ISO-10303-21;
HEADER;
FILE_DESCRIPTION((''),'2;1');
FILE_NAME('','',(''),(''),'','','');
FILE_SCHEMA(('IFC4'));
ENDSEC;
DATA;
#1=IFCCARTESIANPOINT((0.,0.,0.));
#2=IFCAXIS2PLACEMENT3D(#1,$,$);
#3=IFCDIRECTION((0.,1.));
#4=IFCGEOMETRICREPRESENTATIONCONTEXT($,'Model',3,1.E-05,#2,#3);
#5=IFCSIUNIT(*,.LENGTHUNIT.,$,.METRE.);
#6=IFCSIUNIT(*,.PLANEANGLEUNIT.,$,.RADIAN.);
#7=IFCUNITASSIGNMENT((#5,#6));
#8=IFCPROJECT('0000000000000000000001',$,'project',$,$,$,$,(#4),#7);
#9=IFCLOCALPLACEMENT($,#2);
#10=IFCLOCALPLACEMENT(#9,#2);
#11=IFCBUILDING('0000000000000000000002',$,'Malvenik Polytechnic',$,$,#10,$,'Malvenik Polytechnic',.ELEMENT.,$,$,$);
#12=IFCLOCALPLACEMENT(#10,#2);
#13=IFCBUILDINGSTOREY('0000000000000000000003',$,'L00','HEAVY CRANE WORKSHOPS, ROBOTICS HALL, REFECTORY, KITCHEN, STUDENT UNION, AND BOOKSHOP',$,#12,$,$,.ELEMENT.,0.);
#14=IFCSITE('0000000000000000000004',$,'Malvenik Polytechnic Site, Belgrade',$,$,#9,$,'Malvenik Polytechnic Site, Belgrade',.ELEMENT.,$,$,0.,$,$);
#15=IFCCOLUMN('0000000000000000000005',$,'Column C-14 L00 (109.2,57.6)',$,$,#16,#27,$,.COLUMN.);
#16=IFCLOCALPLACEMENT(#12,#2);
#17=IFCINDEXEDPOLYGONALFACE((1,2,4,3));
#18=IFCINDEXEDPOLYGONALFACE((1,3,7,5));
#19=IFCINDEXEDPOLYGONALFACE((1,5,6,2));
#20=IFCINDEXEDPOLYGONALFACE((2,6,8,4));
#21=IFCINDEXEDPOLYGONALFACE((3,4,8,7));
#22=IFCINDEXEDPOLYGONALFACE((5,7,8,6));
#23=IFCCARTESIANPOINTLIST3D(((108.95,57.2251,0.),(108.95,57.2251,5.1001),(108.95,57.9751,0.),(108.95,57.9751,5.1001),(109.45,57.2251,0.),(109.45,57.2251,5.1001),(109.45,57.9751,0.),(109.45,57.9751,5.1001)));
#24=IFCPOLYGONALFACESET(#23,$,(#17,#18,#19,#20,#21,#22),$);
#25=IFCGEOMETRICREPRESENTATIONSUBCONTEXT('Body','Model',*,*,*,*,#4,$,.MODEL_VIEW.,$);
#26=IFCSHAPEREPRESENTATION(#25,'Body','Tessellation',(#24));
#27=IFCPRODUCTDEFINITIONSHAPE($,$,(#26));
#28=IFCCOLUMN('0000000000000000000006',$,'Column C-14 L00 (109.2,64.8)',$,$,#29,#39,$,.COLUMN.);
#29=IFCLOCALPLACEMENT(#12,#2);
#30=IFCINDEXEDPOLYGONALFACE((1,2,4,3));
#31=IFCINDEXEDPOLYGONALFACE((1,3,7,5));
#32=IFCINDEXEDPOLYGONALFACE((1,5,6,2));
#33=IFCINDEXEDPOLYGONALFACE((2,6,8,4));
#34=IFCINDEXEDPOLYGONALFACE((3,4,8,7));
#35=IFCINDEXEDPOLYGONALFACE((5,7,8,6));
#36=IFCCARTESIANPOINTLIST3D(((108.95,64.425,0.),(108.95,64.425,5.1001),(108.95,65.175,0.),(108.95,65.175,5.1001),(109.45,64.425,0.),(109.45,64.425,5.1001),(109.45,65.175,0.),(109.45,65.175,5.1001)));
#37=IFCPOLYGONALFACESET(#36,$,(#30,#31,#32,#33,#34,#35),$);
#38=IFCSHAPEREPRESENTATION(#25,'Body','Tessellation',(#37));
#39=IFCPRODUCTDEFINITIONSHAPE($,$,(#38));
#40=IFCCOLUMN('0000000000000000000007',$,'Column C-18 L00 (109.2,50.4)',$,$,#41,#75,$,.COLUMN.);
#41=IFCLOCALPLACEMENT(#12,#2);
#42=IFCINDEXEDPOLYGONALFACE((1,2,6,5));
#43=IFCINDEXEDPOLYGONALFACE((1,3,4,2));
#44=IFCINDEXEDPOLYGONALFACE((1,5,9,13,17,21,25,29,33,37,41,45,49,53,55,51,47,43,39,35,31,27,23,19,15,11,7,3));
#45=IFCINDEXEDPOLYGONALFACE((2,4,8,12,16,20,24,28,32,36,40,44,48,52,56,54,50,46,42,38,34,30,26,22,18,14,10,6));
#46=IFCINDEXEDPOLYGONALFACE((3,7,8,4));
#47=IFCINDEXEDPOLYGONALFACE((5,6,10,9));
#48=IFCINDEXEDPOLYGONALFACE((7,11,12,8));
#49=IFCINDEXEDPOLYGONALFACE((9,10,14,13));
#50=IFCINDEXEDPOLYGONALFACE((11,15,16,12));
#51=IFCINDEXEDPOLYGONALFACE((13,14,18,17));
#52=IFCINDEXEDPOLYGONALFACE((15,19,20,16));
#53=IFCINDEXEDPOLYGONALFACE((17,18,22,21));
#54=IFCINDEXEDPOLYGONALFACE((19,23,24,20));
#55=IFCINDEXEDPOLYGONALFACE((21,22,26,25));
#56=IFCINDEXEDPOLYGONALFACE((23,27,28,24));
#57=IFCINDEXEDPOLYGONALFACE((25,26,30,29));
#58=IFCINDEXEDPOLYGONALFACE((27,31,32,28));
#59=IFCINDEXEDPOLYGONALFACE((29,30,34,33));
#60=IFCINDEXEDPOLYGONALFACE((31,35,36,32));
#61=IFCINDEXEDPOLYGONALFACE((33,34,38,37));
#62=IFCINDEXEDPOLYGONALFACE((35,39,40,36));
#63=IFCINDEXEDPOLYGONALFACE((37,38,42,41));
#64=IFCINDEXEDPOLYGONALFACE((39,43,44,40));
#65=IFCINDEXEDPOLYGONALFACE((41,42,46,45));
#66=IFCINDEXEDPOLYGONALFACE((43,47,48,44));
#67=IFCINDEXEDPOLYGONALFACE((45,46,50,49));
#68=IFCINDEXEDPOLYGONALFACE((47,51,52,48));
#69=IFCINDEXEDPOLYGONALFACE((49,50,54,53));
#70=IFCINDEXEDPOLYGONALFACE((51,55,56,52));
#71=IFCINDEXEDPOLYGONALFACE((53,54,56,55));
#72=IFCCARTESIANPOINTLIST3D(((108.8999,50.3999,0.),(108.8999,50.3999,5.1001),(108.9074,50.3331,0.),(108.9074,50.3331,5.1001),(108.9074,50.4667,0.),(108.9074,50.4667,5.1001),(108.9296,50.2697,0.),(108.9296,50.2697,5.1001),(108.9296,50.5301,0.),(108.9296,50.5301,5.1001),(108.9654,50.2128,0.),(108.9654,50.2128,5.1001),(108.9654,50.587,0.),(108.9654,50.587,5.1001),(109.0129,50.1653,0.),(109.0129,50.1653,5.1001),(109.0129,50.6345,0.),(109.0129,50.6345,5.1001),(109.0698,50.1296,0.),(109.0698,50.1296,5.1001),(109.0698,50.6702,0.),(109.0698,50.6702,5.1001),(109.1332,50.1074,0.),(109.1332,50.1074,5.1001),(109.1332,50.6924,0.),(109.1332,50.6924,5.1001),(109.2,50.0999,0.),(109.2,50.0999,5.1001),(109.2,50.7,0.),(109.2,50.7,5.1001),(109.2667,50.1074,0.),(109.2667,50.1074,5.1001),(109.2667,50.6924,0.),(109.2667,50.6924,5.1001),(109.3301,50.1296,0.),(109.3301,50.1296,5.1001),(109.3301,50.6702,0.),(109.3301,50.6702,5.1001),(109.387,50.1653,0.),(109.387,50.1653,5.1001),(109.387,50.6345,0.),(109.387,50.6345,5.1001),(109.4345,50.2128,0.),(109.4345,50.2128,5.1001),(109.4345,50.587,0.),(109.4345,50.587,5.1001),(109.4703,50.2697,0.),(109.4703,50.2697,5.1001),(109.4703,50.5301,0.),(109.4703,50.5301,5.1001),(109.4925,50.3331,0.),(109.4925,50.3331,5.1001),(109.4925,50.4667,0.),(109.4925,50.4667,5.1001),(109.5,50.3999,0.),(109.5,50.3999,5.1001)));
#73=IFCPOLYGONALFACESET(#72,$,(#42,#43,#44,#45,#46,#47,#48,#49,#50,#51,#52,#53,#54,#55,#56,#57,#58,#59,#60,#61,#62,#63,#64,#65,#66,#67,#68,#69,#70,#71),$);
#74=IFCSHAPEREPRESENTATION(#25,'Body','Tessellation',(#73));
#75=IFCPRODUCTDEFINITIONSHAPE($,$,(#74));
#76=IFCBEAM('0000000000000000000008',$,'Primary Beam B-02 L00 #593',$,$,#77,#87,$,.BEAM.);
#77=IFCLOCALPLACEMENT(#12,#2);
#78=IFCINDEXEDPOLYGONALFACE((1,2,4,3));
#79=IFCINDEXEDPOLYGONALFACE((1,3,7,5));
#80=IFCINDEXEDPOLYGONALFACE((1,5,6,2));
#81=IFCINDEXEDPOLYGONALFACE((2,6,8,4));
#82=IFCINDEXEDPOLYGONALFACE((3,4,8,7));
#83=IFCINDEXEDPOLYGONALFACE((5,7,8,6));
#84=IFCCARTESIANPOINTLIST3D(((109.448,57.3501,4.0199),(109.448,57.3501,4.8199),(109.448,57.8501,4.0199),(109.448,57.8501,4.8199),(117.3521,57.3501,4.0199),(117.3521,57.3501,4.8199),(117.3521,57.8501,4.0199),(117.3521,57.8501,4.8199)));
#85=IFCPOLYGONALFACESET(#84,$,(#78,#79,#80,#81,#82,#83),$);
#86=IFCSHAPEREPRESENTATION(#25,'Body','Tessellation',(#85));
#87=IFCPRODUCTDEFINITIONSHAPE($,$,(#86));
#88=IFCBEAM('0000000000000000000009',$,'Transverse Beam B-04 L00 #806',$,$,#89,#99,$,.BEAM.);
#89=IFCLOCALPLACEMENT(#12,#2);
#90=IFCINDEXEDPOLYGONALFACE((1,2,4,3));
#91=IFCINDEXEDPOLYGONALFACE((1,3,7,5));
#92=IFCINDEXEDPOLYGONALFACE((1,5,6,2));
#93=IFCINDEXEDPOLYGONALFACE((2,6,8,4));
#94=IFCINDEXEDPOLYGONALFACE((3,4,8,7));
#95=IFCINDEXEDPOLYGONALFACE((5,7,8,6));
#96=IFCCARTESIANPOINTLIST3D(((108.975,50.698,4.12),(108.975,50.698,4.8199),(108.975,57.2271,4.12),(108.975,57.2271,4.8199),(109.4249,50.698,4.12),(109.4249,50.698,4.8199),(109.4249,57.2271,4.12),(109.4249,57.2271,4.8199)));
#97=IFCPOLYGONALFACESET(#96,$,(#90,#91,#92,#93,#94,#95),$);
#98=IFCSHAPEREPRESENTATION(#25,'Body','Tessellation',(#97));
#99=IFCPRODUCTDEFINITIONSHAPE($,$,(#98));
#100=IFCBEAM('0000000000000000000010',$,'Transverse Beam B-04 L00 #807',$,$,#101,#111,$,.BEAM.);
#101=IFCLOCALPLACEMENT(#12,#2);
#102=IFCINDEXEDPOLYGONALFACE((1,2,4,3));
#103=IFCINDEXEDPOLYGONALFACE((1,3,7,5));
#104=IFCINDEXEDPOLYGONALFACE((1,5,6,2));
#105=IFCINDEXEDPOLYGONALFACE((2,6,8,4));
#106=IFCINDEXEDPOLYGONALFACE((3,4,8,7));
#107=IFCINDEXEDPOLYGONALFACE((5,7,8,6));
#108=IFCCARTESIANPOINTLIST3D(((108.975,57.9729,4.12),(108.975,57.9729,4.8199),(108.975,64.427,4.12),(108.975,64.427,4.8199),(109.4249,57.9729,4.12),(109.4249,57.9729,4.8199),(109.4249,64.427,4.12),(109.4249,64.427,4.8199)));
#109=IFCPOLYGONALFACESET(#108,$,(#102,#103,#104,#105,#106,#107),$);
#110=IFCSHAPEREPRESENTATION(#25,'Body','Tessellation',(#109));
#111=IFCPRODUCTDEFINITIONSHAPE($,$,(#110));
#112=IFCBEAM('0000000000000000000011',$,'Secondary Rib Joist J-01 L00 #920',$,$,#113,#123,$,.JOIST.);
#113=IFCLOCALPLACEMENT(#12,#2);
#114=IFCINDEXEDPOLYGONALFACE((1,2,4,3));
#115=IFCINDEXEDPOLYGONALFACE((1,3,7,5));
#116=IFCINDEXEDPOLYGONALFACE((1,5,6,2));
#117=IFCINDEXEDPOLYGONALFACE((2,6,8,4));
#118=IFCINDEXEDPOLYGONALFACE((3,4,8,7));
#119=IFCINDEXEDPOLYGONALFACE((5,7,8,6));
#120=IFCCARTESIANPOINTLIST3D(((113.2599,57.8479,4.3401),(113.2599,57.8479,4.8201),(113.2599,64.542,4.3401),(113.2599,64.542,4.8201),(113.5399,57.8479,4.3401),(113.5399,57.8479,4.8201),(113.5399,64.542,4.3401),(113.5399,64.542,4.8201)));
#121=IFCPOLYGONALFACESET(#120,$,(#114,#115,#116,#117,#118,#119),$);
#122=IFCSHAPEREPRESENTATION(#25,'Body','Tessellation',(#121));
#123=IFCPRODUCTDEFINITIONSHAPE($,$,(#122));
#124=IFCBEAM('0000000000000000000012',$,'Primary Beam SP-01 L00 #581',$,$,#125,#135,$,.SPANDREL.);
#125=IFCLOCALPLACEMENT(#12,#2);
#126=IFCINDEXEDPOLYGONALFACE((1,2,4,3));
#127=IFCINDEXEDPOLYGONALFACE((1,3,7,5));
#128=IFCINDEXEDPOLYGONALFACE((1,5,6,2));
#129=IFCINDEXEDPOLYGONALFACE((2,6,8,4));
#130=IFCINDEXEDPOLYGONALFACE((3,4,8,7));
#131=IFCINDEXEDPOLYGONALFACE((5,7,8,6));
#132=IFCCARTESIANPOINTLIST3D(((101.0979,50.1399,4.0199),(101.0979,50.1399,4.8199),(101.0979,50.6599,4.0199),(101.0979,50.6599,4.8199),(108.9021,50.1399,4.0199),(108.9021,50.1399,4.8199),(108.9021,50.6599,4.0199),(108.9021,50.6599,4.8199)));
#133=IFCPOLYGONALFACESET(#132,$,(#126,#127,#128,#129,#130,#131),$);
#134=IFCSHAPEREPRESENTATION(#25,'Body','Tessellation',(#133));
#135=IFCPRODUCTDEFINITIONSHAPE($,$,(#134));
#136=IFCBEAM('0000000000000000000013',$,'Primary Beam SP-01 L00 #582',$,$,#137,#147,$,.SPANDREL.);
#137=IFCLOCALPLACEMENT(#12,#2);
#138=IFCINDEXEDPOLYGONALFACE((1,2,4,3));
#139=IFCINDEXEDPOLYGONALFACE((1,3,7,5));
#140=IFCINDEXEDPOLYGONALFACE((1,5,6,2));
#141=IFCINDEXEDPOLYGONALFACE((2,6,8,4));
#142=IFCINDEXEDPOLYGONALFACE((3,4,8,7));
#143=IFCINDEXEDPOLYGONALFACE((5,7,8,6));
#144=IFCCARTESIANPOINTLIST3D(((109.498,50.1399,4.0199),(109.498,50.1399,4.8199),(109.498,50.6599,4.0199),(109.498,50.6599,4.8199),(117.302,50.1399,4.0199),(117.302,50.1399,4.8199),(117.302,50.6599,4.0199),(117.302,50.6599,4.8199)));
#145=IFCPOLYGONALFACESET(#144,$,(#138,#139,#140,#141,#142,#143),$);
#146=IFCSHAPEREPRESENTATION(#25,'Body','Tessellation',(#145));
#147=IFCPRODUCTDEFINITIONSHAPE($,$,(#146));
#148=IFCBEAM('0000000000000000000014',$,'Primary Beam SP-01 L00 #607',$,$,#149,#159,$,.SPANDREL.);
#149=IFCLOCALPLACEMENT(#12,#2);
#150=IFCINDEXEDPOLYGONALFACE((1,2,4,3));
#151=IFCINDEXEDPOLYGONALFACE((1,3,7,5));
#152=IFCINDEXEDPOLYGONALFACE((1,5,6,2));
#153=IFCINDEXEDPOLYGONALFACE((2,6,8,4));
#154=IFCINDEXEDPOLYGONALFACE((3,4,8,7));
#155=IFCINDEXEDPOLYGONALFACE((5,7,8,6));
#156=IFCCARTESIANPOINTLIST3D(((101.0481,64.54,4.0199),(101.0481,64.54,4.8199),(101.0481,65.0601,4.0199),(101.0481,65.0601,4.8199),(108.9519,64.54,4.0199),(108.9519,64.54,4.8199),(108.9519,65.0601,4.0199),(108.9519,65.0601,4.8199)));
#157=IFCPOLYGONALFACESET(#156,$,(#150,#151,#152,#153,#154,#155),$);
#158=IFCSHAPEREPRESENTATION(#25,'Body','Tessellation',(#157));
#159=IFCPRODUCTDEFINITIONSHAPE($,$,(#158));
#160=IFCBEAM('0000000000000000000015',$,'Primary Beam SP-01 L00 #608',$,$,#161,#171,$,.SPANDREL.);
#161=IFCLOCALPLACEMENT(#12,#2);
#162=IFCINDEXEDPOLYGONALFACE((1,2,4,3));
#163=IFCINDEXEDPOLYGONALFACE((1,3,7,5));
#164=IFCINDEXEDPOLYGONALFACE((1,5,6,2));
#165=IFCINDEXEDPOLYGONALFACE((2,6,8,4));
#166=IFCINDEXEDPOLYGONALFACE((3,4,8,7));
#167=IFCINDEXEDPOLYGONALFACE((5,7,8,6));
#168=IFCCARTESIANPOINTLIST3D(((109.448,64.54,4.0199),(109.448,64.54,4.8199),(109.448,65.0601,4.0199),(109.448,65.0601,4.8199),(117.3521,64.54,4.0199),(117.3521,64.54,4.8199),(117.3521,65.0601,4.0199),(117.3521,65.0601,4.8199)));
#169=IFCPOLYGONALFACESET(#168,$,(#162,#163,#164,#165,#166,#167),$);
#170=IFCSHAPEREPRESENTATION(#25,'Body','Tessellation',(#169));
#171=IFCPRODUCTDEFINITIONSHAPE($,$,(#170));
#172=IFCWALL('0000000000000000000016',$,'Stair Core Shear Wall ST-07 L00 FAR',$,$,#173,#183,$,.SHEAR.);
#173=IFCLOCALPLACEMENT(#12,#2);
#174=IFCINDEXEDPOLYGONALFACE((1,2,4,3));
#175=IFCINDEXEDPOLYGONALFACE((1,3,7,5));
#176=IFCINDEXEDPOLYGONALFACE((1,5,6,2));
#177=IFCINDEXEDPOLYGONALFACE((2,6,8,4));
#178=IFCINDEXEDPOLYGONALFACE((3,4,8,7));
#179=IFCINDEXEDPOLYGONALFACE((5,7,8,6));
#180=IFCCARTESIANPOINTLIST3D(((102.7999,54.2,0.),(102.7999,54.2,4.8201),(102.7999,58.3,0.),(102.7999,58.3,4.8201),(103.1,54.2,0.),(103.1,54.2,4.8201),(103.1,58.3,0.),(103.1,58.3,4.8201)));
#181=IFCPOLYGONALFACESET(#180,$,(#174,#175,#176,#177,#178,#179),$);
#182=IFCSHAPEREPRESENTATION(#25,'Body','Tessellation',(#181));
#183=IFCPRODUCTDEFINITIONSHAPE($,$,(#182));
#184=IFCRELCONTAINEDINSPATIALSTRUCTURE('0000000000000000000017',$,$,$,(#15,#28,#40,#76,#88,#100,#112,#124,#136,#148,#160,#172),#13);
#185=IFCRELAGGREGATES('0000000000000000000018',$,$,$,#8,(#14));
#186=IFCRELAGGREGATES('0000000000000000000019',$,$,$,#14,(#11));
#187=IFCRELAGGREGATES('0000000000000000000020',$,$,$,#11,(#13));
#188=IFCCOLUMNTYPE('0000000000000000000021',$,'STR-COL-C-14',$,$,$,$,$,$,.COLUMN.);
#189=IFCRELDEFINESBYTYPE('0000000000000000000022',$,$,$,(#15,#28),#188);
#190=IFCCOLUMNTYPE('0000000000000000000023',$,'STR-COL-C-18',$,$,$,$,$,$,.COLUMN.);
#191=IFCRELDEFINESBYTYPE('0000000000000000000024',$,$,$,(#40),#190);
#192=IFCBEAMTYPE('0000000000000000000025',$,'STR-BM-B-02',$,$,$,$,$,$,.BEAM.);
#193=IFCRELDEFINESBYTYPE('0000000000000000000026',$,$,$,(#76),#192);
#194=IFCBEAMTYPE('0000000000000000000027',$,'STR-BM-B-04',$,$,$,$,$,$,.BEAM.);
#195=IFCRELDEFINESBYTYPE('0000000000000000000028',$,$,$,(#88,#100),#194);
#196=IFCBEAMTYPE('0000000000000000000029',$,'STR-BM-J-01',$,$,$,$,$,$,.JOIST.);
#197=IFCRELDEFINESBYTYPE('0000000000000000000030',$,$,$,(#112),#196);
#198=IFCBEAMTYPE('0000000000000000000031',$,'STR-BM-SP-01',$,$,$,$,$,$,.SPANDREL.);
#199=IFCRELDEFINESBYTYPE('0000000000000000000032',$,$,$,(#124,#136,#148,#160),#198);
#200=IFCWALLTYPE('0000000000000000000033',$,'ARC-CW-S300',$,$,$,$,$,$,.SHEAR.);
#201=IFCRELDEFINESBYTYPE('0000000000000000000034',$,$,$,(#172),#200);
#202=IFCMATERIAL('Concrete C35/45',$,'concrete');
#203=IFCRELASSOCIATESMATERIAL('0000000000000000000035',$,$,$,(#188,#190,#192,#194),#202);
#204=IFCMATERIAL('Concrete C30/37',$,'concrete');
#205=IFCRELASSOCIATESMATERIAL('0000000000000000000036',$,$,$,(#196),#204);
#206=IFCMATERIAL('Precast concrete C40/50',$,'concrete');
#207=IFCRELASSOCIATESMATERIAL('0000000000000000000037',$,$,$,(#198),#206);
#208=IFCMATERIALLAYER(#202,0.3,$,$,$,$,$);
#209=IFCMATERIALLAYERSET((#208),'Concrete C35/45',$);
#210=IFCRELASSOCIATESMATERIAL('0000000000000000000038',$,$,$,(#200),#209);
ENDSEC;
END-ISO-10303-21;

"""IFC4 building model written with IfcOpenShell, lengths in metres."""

from ifc_helpers import new_model, si_unit, direction, frame, frame_2d, origin, origin_2d, place, context, subcontext, project, spatial, rectangle, circle, extrude, material, layer, layer_set, material_profile, profile_set, type_object, element, save


model = new_model("IFC4")

# Units and contexts
model_context = context("Model", 3, precision=1e-05, world=origin(), true_north=direction((0.0, 1.0)))
body_context = subcontext(model_context, "Body", "Model", "MODEL_VIEW")
ifc_project = project(units=[si_unit("LENGTHUNIT", "METRE"), si_unit("PLANEANGLEUNIT", "RADIAN")], contexts=[model_context])

# Site, building, storey
site_placement = place(None, origin())
site = spatial("IfcSite", under=ifc_project, at=site_placement, Name="Malvenik Polytechnic Site, Belgrade", LongName="Malvenik Polytechnic Site, Belgrade", CompositionType="ELEMENT", RefElevation=0.0)
building_placement = place(site_placement, origin())
building = spatial("IfcBuilding", under=site, at=building_placement, Name="Malvenik Polytechnic", LongName="Malvenik Polytechnic", CompositionType="ELEMENT")
storey_placement = place(building_placement, origin())
storey = spatial("IfcBuildingStorey", under=building, at=storey_placement, Name="L00", Description="HEAVY CRANE WORKSHOPS, ROBOTICS HALL, REFECTORY, KITCHEN, STUDENT UNION, AND BOOKSHOP", CompositionType="ELEMENT", Elevation=0.0)

# Columns
ifc_material_1 = material(Name="Concrete C35/45", Category="concrete")
ifc_material_profile_1 = material_profile(ifc_material_1, rectangle(XDim=0.5, YDim=0.75, at=origin_2d()), Name="RC COL 750x500")
ifc_profile_set_1 = profile_set([ifc_material_profile_1], Name="Concrete C35/45")
column_type_1 = type_object("IfcColumnType", Name="STR-COL-C-14", PredefinedType="COLUMN", material=ifc_profile_set_1)
for number, where, z_axis, x_axis, name in (
    (1, (109.2, 57.6001, 0.0), (0.0, 0.0, 1.0), (1.0, 0.0, 0.0), "Column C-14 L00 (109.2,57.6)"),
    (2, (109.2, 64.8, 0.0), (0.0, 0.0, 1.0), (1.0, 0.0, 0.0), "Column C-14 L00 (109.2,64.8)"),
):
    element("IfcColumn", number, at=place(storey_placement, frame(where, z_axis=z_axis, x_axis=x_axis)), inside=storey, type_object=column_type_1, Name=name, PredefinedType="COLUMN", context=body_context, shape_type="SweptSolid", body=[
        extrude(rectangle(XDim=0.5, YDim=0.75, at=origin_2d()), origin(), (0.0, 0.0, 1.0), 5.1001),
    ])
ifc_material_profile_2 = material_profile(ifc_material_1, circle(Radius=0.3, at=origin_2d()), Name="RC COL D600")
ifc_profile_set_2 = profile_set([ifc_material_profile_2], Name="Concrete C35/45")
column_type_2 = type_object("IfcColumnType", Name="STR-COL-C-18", PredefinedType="COLUMN", material=ifc_profile_set_2)
column_placement = place(storey_placement, frame((109.2, 50.3999, 0.0), z_axis=(0.0, 0.0, 1.0), x_axis=(1.0, 0.0, 0.0)))
element("IfcColumn", 3, at=column_placement, inside=storey, type_object=column_type_2, Name="Column C-18 L00 (109.2,50.4)", PredefinedType="COLUMN", context=body_context, shape_type="SweptSolid", body=[
    extrude(circle(Radius=0.3, at=origin_2d()), origin(), (0.0, 0.0, 1.0), 5.1001),
])

# Beams
ifc_material_profile_3 = material_profile(ifc_material_1, rectangle(XDim=0.5, YDim=0.8, at=origin_2d()), Name="RC BM 500x800")
ifc_profile_set_3 = profile_set([ifc_material_profile_3], Name="Concrete C35/45")
beam_type_1 = type_object("IfcBeamType", Name="STR-BM-B-02", PredefinedType="BEAM", material=ifc_profile_set_3)
beam_1_placement = place(storey_placement, frame((109.448, 57.6001, 4.4199), z_axis=(1.0, 0.0, 0.0), x_axis=(0.0, 1.0, 0.0)))
element("IfcBeam", 4, at=beam_1_placement, inside=storey, type_object=beam_type_1, Name="Primary Beam B-02 L00 #593", PredefinedType="BEAM", context=body_context, shape_type="SweptSolid", body=[
    extrude(rectangle(XDim=0.5, YDim=0.8, at=origin_2d()), origin(), (0.0, 0.0, 1.0), 7.9041),
])
ifc_material_profile_4 = material_profile(ifc_material_1, rectangle(XDim=0.45, YDim=0.7, at=origin_2d()), Name="RC BM 450x700")
ifc_profile_set_4 = profile_set([ifc_material_profile_4], Name="Concrete C35/45")
beam_type_2 = type_object("IfcBeamType", Name="STR-BM-B-04", PredefinedType="BEAM", material=ifc_profile_set_4)
beam_2_placement = place(storey_placement, frame((109.2, 50.698, 4.47), z_axis=(0.0, 1.0, 0.0), x_axis=(-1.0, 0.0, 0.0)))
element("IfcBeam", 5, at=beam_2_placement, inside=storey, type_object=beam_type_2, Name="Transverse Beam B-04 L00 #806", PredefinedType="BEAM", context=body_context, shape_type="SweptSolid", body=[
    extrude(rectangle(XDim=0.45, YDim=0.7, at=origin_2d()), origin(), (0.0, 0.0, 1.0), 6.5291),
])
beam_3_placement = place(storey_placement, frame((109.2, 57.9729, 4.47), z_axis=(0.0, 1.0, 0.0), x_axis=(-1.0, 0.0, 0.0)))
element("IfcBeam", 6, at=beam_3_placement, inside=storey, type_object=beam_type_2, Name="Transverse Beam B-04 L00 #807", PredefinedType="BEAM", context=body_context, shape_type="SweptSolid", body=[
    extrude(rectangle(XDim=0.45, YDim=0.7, at=origin_2d()), origin(), (0.0, 0.0, 1.0), 6.4541),
])
ifc_material_2 = material(Name="Concrete C30/37", Category="concrete")
ifc_material_profile_5 = material_profile(ifc_material_2, rectangle(XDim=0.28, YDim=0.48, at=origin_2d()), Name="RC JST 280x480")
ifc_profile_set_5 = profile_set([ifc_material_profile_5], Name="Concrete C30/37")
beam_type_3 = type_object("IfcBeamType", Name="STR-BM-J-01", PredefinedType="JOIST", material=ifc_profile_set_5)
beam_4_placement = place(storey_placement, frame((113.3999, 57.8479, 4.5801), z_axis=(0.0, 1.0, 0.0), x_axis=(-1.0, 0.0, 0.0)))
element("IfcBeam", 7, at=beam_4_placement, inside=storey, type_object=beam_type_3, Name="Secondary Rib Joist J-01 L00 #920", PredefinedType="JOIST", context=body_context, shape_type="SweptSolid", body=[
    extrude(rectangle(XDim=0.28, YDim=0.48, at=origin_2d()), origin(), (0.0, 0.0, 1.0), 6.6941),
])
ifc_material_3 = material(Name="Precast concrete C40/50", Category="concrete")
ifc_material_profile_6 = material_profile(ifc_material_3, rectangle(XDim=0.52, YDim=0.8, at=origin_2d()), Name="PC SPN 520x800")
ifc_profile_set_6 = profile_set([ifc_material_profile_6], Name="Precast concrete C40/50")
beam_type_4 = type_object("IfcBeamType", Name="STR-BM-SP-01", PredefinedType="SPANDREL", material=ifc_profile_set_6)
beam_5_placement = place(storey_placement, frame((101.0979, 50.3999, 4.4199), z_axis=(1.0, 0.0, 0.0), x_axis=(0.0, 1.0, 0.0)))
element("IfcBeam", 8, at=beam_5_placement, inside=storey, type_object=beam_type_4, Name="Primary Beam SP-01 L00 #581", PredefinedType="SPANDREL", context=body_context, shape_type="SweptSolid", body=[
    extrude(rectangle(XDim=0.52, YDim=0.8, at=origin_2d()), origin(), (0.0, 0.0, 1.0), 7.8042),
])
beam_6_placement = place(storey_placement, frame((109.498, 50.3999, 4.4199), z_axis=(1.0, 0.0, 0.0), x_axis=(0.0, 1.0, 0.0)))
element("IfcBeam", 9, at=beam_6_placement, inside=storey, type_object=beam_type_4, Name="Primary Beam SP-01 L00 #582", PredefinedType="SPANDREL", context=body_context, shape_type="SweptSolid", body=[
    extrude(rectangle(XDim=0.52, YDim=0.8, at=origin_2d()), origin(), (0.0, 0.0, 1.0), 7.804),
])
beam_7_placement = place(storey_placement, frame((101.0481, 64.8, 4.4199), z_axis=(1.0, 0.0, 0.0), x_axis=(0.0, 1.0, 0.0)))
element("IfcBeam", 10, at=beam_7_placement, inside=storey, type_object=beam_type_4, Name="Primary Beam SP-01 L00 #607", PredefinedType="SPANDREL", context=body_context, shape_type="SweptSolid", body=[
    extrude(rectangle(XDim=0.52, YDim=0.8, at=origin_2d()), origin(), (0.0, 0.0, 1.0), 7.9038),
])
beam_8_placement = place(storey_placement, frame((109.448, 64.8, 4.4199), z_axis=(1.0, 0.0, 0.0), x_axis=(0.0, 1.0, 0.0)))
element("IfcBeam", 11, at=beam_8_placement, inside=storey, type_object=beam_type_4, Name="Primary Beam SP-01 L00 #608", PredefinedType="SPANDREL", context=body_context, shape_type="SweptSolid", body=[
    extrude(rectangle(XDim=0.52, YDim=0.8, at=origin_2d()), origin(), (0.0, 0.0, 1.0), 7.9041),
])

# Wall
ifc_layer_1 = layer(ifc_material_1, 0.3)
ifc_layer_set_1 = layer_set([ifc_layer_1], Name="Concrete C35/45")
wall_type_1 = type_object("IfcWallType", Name="ARC-CW-S300", PredefinedType="SHEAR", material=ifc_layer_set_1)
wall_1_placement = place(storey_placement, frame((102.95, 58.3, 0.0), z_axis=(0.0, 0.0, 1.0), x_axis=(0.0, -1.0, 0.0)))
element("IfcWall", 12, at=wall_1_placement, inside=storey, type_object=wall_type_1, Name="Stair Core Shear Wall ST-07 L00 FAR", PredefinedType="SHEAR", context=body_context, shape_type="SweptSolid", body=[
    extrude(rectangle(XDim=4.1001, YDim=0.3, at=frame_2d((2.05, 0.0))), origin(), (0.0, 0.0, 1.0), 4.8201),
])

save(model, "model.ifc")
